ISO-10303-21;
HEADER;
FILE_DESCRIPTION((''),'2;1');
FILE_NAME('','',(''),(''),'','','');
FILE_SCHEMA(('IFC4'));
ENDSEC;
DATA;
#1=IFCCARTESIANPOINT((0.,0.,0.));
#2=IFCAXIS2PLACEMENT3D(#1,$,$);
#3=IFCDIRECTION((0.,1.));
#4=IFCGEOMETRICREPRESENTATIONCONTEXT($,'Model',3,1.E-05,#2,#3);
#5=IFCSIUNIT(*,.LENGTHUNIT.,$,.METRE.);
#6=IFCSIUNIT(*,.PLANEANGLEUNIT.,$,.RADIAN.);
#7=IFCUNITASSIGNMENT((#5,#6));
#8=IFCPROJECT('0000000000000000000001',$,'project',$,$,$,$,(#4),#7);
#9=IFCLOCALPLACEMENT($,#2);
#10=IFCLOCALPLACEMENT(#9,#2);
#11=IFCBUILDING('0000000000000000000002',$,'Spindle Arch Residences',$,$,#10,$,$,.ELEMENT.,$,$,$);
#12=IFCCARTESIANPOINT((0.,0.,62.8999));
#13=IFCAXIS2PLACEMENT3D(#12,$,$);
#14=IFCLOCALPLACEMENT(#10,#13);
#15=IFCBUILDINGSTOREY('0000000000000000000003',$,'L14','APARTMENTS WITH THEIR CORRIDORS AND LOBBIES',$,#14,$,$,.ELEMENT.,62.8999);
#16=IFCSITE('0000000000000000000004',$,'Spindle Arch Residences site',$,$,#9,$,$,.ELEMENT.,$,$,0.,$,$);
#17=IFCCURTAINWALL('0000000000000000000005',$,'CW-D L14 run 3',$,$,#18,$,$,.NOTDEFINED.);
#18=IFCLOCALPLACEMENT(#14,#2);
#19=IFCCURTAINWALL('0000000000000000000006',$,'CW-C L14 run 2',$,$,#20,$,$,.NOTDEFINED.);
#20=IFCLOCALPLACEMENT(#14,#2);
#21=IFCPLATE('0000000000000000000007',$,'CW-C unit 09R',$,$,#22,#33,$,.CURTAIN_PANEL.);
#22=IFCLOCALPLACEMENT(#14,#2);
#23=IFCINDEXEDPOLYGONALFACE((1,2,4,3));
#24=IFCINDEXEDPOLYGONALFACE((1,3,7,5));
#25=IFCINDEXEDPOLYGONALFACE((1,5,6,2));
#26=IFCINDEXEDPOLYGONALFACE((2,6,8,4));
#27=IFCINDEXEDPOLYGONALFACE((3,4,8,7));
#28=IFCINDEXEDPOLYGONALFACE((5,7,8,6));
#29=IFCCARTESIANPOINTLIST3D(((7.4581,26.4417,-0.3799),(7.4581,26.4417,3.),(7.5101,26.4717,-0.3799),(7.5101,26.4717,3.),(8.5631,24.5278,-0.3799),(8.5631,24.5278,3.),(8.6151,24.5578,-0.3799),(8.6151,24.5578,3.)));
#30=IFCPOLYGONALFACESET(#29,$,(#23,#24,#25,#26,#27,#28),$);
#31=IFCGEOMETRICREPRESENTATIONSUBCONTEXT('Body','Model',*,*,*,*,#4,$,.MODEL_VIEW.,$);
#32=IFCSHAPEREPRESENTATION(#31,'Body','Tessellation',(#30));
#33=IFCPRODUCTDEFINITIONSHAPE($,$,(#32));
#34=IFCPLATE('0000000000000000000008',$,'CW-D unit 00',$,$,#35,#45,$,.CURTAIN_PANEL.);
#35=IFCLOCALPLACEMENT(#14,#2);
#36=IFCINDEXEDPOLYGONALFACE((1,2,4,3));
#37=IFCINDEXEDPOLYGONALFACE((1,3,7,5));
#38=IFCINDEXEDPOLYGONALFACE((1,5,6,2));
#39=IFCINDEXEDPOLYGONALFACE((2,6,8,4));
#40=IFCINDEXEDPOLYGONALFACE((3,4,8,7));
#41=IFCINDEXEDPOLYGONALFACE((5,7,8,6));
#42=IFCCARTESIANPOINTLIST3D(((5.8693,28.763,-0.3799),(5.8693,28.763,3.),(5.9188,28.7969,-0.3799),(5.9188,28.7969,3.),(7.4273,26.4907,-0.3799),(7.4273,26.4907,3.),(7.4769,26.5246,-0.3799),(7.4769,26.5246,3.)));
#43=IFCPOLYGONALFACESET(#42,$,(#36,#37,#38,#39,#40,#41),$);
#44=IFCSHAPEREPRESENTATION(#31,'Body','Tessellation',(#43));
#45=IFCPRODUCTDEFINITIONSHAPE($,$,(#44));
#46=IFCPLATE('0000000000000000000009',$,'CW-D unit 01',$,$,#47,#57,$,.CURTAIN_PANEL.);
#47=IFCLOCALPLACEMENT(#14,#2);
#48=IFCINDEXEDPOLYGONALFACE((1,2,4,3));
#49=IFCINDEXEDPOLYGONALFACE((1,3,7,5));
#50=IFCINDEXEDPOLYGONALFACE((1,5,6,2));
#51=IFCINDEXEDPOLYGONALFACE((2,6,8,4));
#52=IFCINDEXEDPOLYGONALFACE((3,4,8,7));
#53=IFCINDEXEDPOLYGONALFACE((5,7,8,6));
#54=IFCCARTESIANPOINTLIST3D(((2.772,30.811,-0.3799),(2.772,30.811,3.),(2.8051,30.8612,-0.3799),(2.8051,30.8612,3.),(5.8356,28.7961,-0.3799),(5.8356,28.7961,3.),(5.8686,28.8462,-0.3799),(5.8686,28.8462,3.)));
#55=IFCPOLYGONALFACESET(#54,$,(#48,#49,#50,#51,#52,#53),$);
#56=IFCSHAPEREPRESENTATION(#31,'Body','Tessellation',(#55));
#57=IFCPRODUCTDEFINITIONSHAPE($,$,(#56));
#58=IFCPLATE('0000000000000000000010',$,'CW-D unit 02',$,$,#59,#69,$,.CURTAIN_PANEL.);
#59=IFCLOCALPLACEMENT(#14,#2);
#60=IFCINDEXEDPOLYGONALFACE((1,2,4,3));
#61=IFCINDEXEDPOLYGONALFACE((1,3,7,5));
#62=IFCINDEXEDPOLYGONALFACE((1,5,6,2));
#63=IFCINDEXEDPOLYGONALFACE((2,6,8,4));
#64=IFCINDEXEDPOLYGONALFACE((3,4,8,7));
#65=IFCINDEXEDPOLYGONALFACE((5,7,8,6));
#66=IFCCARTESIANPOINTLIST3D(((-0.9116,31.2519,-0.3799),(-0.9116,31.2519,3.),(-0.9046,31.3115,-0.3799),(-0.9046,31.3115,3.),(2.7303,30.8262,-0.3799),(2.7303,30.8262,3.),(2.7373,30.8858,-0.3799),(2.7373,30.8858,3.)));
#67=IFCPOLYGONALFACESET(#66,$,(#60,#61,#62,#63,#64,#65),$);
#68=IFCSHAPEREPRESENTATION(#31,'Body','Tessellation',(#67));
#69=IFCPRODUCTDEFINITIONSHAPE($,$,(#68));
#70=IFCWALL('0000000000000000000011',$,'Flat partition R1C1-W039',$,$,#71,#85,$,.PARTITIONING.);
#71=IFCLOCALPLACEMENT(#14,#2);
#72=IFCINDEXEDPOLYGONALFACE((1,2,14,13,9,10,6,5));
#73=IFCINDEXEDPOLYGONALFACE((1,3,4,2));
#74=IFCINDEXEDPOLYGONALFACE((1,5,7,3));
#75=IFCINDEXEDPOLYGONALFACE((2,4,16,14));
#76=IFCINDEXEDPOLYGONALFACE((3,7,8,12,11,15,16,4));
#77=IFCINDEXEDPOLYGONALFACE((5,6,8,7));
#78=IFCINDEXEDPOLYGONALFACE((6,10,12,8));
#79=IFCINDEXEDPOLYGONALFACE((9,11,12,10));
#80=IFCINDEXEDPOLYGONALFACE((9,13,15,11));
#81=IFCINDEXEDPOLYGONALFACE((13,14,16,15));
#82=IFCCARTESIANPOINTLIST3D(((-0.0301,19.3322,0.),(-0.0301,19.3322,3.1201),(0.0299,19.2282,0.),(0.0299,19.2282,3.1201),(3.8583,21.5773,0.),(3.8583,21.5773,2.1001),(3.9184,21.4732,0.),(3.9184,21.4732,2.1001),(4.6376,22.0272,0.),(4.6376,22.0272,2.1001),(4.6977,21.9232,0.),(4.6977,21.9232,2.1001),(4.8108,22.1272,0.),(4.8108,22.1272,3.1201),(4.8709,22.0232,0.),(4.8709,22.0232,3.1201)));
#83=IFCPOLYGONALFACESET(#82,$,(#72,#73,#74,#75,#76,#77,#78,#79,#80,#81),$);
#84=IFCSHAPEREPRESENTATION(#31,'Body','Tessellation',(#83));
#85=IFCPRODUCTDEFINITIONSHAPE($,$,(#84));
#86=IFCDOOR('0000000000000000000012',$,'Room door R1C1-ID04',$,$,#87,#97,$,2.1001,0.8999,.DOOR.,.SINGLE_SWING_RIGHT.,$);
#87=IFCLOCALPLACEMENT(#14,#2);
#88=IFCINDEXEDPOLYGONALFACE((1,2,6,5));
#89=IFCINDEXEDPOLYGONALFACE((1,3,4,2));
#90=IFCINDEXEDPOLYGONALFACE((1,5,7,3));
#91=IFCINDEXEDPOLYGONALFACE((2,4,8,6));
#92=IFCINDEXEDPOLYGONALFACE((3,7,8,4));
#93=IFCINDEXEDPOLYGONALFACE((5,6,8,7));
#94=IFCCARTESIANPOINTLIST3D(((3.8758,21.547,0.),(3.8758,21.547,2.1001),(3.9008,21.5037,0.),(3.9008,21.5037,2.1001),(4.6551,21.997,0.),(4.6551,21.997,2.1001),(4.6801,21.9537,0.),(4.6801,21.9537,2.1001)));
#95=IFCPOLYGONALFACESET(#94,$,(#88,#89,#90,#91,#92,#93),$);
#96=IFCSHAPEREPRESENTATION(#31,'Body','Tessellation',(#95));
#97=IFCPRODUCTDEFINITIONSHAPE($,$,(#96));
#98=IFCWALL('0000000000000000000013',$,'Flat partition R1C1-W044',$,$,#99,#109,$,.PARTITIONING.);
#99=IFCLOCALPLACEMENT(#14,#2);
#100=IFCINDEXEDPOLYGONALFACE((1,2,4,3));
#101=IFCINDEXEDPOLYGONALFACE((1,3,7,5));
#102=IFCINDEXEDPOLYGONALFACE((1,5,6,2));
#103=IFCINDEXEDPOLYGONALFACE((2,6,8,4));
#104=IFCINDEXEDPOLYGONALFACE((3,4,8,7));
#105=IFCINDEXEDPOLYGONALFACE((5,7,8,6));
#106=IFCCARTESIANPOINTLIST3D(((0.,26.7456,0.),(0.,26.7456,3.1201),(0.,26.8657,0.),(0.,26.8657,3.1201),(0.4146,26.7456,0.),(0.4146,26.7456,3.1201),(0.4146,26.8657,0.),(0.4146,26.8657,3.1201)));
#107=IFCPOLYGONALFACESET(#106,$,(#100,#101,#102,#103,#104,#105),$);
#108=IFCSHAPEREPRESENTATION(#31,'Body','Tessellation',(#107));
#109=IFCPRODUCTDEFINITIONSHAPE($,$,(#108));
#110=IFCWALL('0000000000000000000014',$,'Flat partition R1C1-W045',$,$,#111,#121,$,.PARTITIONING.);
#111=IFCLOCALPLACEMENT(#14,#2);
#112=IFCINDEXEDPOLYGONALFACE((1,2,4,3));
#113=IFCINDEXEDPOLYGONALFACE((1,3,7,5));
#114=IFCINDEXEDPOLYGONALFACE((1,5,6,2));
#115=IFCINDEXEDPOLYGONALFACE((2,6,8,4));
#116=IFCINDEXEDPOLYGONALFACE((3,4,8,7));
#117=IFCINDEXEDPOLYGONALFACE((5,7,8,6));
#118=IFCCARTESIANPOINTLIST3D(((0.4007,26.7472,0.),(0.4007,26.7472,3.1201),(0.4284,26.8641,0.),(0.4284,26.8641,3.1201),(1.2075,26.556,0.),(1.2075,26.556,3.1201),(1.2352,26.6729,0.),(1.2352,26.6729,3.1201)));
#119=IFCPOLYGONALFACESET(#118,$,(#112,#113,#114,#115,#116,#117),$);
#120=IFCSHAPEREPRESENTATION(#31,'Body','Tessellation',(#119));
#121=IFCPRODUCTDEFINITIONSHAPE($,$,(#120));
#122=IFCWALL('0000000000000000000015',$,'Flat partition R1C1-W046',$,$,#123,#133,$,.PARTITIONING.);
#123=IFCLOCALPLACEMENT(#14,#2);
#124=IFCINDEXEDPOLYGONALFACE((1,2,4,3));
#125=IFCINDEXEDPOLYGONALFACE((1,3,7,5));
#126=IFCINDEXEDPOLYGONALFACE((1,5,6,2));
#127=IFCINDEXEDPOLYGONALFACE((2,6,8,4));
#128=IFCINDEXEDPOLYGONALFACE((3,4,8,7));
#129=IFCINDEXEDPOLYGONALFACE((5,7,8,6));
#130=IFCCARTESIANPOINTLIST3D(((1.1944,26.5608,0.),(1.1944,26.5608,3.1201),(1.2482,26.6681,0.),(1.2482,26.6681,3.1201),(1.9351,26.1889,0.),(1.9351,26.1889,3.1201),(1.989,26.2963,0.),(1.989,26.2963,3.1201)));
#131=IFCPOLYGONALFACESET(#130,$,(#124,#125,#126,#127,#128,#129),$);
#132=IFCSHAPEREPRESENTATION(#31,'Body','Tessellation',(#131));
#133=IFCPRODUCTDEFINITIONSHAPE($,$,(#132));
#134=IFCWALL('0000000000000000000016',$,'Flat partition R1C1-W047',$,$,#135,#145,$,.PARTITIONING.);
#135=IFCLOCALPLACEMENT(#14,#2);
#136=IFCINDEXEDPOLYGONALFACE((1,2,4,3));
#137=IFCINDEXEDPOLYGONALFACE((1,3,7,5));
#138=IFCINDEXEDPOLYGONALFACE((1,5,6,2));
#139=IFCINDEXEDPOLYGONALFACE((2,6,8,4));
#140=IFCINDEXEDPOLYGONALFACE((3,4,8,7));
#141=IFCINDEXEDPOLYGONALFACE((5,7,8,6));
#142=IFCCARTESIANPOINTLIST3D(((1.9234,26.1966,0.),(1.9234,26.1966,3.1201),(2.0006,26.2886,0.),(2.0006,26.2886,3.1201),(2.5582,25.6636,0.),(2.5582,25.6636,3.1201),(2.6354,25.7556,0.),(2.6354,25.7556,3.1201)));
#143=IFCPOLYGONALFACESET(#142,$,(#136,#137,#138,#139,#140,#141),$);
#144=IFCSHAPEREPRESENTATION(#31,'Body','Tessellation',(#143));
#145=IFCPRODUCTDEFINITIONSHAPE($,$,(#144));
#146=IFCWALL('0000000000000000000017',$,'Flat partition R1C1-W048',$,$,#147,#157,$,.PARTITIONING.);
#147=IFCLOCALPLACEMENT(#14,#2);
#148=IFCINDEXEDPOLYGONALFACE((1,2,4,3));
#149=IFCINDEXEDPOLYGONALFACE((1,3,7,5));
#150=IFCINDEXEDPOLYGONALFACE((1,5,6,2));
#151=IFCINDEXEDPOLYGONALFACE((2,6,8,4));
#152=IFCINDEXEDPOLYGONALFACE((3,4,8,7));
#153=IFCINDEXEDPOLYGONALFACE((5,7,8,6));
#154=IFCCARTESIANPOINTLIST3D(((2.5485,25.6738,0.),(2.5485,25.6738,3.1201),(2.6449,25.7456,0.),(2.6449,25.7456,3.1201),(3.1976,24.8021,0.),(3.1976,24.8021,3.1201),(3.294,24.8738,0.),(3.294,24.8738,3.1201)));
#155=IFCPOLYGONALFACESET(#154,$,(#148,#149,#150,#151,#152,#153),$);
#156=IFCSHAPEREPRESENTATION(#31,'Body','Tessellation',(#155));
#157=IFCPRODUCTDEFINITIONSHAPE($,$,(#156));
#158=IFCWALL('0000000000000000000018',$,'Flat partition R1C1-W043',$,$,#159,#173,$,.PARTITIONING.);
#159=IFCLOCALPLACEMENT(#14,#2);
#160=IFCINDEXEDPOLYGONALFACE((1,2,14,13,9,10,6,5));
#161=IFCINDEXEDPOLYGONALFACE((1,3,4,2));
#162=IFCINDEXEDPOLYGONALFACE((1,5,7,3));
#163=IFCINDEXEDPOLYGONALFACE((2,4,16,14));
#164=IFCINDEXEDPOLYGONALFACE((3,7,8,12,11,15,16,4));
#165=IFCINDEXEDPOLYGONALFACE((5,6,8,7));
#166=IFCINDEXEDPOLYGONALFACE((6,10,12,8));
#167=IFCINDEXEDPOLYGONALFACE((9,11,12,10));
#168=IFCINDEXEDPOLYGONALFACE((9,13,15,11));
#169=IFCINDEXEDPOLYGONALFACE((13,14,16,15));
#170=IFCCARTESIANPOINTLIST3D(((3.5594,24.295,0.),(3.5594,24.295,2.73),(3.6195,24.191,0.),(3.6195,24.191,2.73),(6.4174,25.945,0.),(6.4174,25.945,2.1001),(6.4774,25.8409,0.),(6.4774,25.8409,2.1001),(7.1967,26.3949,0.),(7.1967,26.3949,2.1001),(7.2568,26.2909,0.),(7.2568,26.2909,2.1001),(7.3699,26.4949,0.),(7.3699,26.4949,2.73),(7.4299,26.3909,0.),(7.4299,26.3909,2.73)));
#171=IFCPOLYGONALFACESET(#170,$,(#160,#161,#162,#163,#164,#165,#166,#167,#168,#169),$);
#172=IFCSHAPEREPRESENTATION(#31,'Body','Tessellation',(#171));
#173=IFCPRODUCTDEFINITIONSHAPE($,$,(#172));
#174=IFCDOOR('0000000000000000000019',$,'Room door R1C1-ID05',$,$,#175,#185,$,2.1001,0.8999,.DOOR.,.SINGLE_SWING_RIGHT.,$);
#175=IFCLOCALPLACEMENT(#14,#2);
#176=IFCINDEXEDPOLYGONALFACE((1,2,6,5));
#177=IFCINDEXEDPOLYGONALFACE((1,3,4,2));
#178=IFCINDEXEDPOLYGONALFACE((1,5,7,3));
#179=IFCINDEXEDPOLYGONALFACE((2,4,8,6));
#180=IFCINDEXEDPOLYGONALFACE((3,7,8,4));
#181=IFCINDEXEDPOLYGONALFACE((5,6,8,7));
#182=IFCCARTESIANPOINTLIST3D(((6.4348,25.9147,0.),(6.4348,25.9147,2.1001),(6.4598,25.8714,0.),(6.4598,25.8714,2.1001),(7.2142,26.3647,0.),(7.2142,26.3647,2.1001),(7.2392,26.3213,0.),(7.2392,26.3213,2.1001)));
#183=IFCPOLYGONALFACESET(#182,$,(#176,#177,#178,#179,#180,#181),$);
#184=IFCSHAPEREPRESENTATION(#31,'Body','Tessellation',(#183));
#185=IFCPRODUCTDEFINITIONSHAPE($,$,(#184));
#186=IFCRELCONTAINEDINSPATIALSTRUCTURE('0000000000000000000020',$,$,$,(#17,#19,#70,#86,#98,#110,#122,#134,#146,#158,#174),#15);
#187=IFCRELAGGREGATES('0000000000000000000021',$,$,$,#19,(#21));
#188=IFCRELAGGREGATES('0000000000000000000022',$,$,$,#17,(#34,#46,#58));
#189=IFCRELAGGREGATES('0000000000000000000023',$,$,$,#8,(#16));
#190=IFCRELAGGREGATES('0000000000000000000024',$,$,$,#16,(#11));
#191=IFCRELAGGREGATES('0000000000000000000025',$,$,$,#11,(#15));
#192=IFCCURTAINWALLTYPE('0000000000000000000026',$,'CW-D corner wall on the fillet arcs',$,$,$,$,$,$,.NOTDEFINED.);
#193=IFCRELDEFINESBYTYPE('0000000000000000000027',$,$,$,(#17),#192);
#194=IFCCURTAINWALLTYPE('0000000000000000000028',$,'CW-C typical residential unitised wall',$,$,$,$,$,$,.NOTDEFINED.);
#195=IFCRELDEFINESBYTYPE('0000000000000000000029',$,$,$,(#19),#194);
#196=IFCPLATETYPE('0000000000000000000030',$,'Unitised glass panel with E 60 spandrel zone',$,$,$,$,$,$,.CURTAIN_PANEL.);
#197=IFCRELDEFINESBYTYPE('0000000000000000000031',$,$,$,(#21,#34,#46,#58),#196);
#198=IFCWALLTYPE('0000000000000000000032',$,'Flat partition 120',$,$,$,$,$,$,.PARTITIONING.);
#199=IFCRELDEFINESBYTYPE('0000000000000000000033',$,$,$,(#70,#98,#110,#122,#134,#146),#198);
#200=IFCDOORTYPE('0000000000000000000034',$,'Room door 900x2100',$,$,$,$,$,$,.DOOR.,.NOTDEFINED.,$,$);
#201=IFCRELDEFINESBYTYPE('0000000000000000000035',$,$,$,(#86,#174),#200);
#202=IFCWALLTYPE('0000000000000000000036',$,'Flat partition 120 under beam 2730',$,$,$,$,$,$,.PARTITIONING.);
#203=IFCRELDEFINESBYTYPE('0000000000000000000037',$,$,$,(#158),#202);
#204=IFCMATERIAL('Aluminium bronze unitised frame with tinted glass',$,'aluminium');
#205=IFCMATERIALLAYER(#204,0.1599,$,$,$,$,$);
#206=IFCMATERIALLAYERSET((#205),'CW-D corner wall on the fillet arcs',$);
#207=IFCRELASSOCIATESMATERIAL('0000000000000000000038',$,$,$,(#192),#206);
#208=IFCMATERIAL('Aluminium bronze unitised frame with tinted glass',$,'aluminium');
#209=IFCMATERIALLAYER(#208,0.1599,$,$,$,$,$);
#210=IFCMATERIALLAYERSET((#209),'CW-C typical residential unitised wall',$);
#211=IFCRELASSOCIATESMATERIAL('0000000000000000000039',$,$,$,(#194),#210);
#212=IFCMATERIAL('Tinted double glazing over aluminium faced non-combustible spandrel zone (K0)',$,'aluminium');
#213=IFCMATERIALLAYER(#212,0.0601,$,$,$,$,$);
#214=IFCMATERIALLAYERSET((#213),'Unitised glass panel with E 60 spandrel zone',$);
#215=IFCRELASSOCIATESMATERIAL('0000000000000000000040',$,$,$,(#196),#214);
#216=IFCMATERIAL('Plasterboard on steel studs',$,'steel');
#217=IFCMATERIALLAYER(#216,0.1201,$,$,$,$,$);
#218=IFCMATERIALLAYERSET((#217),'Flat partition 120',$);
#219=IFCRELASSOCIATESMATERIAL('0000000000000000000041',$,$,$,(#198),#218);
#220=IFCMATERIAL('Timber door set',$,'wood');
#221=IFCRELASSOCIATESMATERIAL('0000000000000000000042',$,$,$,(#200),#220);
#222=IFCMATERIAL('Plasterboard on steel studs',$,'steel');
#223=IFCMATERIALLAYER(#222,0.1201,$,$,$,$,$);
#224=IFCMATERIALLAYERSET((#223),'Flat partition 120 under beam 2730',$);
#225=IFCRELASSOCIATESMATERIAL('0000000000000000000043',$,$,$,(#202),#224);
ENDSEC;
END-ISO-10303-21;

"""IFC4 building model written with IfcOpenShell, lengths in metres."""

from ifc_helpers import new_model, si_unit, direction, frame, frame_2d, origin, origin_2d, place, context, subcontext, project, spatial, rectangle, extrude, material, layer, layer_set, type_object, element, fill, aggregate, save


model = new_model("IFC4")

# Units and contexts
model_context = context("Model", 3, precision=1e-05, world=origin(), true_north=direction((0.0, 1.0)))
body_context = subcontext(model_context, "Body", "Model", "MODEL_VIEW")
ifc_project = project(units=[si_unit("LENGTHUNIT", "METRE"), si_unit("PLANEANGLEUNIT", "RADIAN")], contexts=[model_context])

# Site, building, storey
site_placement = place(None, origin())
site = spatial("IfcSite", under=ifc_project, at=site_placement, Name="Spindle Arch Residences site", CompositionType="ELEMENT", RefElevation=0.0)
building_placement = place(site_placement, origin())
building = spatial("IfcBuilding", under=site, at=building_placement, Name="Spindle Arch Residences", CompositionType="ELEMENT")
storey_placement = place(building_placement, frame((0.0, 0.0, 62.8999)))
storey = spatial("IfcBuildingStorey", under=building, at=storey_placement, Name="L14", Description="APARTMENTS WITH THEIR CORRIDORS AND LOBBIES", CompositionType="ELEMENT", Elevation=62.8999)

# Curtain wall
ifc_material_1 = material(Name="Aluminium bronze unitised frame with tinted glass", Category="aluminium")
ifc_layer_1 = layer(ifc_material_1, 0.1599)
ifc_layer_set_1 = layer_set([ifc_layer_1], Name="CW-D corner wall on the fillet arcs")
curtain_wall_type_1 = type_object("IfcCurtainWallType", Name="CW-D corner wall on the fillet arcs", PredefinedType="NOTDEFINED", material=ifc_layer_set_1)
curtain_wall_1_placement = place(storey_placement, origin())
curtain_wall_1 = element("IfcCurtainWall", 1, at=curtain_wall_1_placement, inside=storey, type_object=curtain_wall_type_1, Name="CW-D L14 run 3", PredefinedType="NOTDEFINED")

# Curtain wall, plate
ifc_material_2 = material(Name="Aluminium bronze unitised frame with tinted glass", Category="aluminium")
ifc_layer_2 = layer(ifc_material_2, 0.1599)
ifc_layer_set_2 = layer_set([ifc_layer_2], Name="CW-C typical residential unitised wall")
curtain_wall_type_2 = type_object("IfcCurtainWallType", Name="CW-C typical residential unitised wall", PredefinedType="NOTDEFINED", material=ifc_layer_set_2)
curtain_wall_2_placement = place(storey_placement, origin())
curtain_wall_2 = element("IfcCurtainWall", 2, at=curtain_wall_2_placement, inside=storey, type_object=curtain_wall_type_2, Name="CW-C L14 run 2", PredefinedType="NOTDEFINED")
ifc_material_3 = material(Name="Tinted double glazing over aluminium faced non-combustible spandrel zone (K0)", Category="aluminium")
ifc_layer_3 = layer(ifc_material_3, 0.0601)
ifc_layer_set_3 = layer_set([ifc_layer_3], Name="Unitised glass panel with E 60 spandrel zone")
plate_type = type_object("IfcPlateType", Name="Unitised glass panel with E 60 spandrel zone", PredefinedType="CURTAIN_PANEL", material=ifc_layer_set_3)
plate_1_placement = place(storey_placement, frame((8.0366, 25.4998, -0.3799), z_axis=(0.0, 0.0, 1.0), x_axis=(-0.5, 0.866025, 0.0)))
plate_1 = element("IfcPlate", 3, at=plate_1_placement, type_object=plate_type, Name="CW-C unit 09R", PredefinedType="CURTAIN_PANEL", context=body_context, shape_type="SweptSolid", body=[
    extrude(rectangle(XDim=2.21, YDim=0.0601, at=origin_2d()), origin(), (0.0, 0.0, 1.0), 3.3799),
])
aggregate(curtain_wall_2, [plate_1])

# Plates
plate_2_placement = place(storey_placement, frame((6.6731, 27.6438, -0.3799), z_axis=(0.0, 0.0, 1.0), x_axis=(-0.565501, 0.824748, 0.0)))
plate_2 = element("IfcPlate", 4, at=plate_2_placement, type_object=plate_type, Name="CW-D unit 00", PredefinedType="CURTAIN_PANEL", context=body_context, shape_type="SweptSolid", body=[
    extrude(rectangle(XDim=2.7551, YDim=0.0601, at=origin_2d()), origin(), (0.0, 0.0, 1.0), 3.3799),
])
plate_3_placement = place(storey_placement, frame((4.3203, 29.8286, -0.3799), z_axis=(0.0, 0.0, 1.0), x_axis=(-0.835488, 0.549509, 0.0)))
plate_3 = element("IfcPlate", 5, at=plate_3_placement, type_object=plate_type, Name="CW-D unit 01", PredefinedType="CURTAIN_PANEL", context=body_context, shape_type="SweptSolid", body=[
    extrude(rectangle(XDim=3.6667, YDim=0.0601, at=origin_2d()), origin(), (0.0, 0.0, 1.0), 3.3799),
])
plate_4_placement = place(storey_placement, frame((0.9128, 31.0688, -0.3799), z_axis=(0.0, 0.0, 1.0), x_axis=(-0.993238, 0.116093, 0.0)))
plate_4 = element("IfcPlate", 6, at=plate_4_placement, type_object=plate_type, Name="CW-D unit 02", PredefinedType="CURTAIN_PANEL", context=body_context, shape_type="SweptSolid", body=[
    extrude(rectangle(XDim=3.6667, YDim=0.0601, at=origin_2d()), origin(), (0.0, 0.0, 1.0), 3.3799),
])
aggregate(curtain_wall_1, [plate_2, plate_3, plate_4])

# Wall, opening, door
ifc_material_4 = material(Name="Plasterboard on steel studs", Category="steel")
ifc_layer_4 = layer(ifc_material_4, 0.1201)
ifc_layer_set_4 = layer_set([ifc_layer_4], Name="Flat partition 120")
wall_type_1 = type_object("IfcWallType", Name="Flat partition 120", PredefinedType="PARTITIONING", material=ifc_layer_set_4)
wall_1_placement = place(storey_placement, frame((4.8408, 22.0752, 0.0), z_axis=(0.0, 0.0, 1.0), x_axis=(-0.86602, -0.50001, 0.0)))
wall_1 = element("IfcWall", 7, at=wall_1_placement, inside=storey, type_object=wall_type_1, Name="Flat partition R1C1-W039", PredefinedType="PARTITIONING", context=body_context, shape_type="SweptSolid", body=[
    extrude(rectangle(XDim=5.5898, YDim=0.1201, at=frame_2d((2.7949, 0.0))), origin(), (0.0, 0.0, 1.0), 3.1201),
])
opening_1_placement = place(wall_1_placement, frame((0.2, 0.0, 0.0)))
opening_1 = element("IfcOpeningElement", 8, at=opening_1_placement, cuts=wall_1, PredefinedType="OPENING", context=body_context, shape_type="SweptSolid", body=[
    extrude(rectangle(XDim=0.8999, YDim=2.1001, at=frame_2d((0.45, 1.05))), frame((0.0, 0.0701, 0.0), z_axis=(0.0, -1.0, 0.0), x_axis=(1.0, 0.0, 0.0)), (0.0, 0.0, 1.0), 0.1401),
])
ifc_material_5 = material(Name="Timber door set", Category="wood")
door_type_1 = type_object("IfcDoorType", Name="Room door 900x2100", OperationType="NOTDEFINED", PredefinedType="DOOR", material=ifc_material_5)
door_1_placement = place(opening_1_placement, origin())
door_1 = element("IfcDoor", 9, at=door_1_placement, inside=storey, type_object=door_type_1, Name="Room door R1C1-ID04", OperationType="SINGLE_SWING_RIGHT", OverallHeight=2.1001, OverallWidth=0.8999, PredefinedType="DOOR", context=body_context, shape_type="SweptSolid", body=[
    extrude(rectangle(XDim=0.8999, YDim=2.1001, at=frame_2d((0.45, 1.05))), frame((0.0, 0.0249, 0.0), z_axis=(0.0, -1.0, 0.0), x_axis=(1.0, 0.0, 0.0)), (0.0, 0.0, 1.0), 0.05),
])
fill(opening_1, door_1)

# Walls
wall_2_placement = place(storey_placement, frame((0.0, 26.8057, 0.0), z_axis=(0.0, 0.0, 1.0), x_axis=(1.0, 0.0, 0.0)))
element("IfcWall", 10, at=wall_2_placement, inside=storey, type_object=wall_type_1, Name="Flat partition R1C1-W044", PredefinedType="PARTITIONING", context=body_context, shape_type="SweptSolid", body=[
    extrude(rectangle(XDim=0.4146, YDim=0.1201, at=frame_2d((0.2073, 0.0))), origin(), (0.0, 0.0, 1.0), 3.1201),
])
wall_3_placement = place(storey_placement, frame((0.4146, 26.8057, 0.0), z_axis=(0.0, 0.0, 1.0), x_axis=(0.973049, -0.230598, 0.0)))
element("IfcWall", 11, at=wall_3_placement, inside=storey, type_object=wall_type_1, Name="Flat partition R1C1-W045", PredefinedType="PARTITIONING", context=body_context, shape_type="SweptSolid", body=[
    extrude(rectangle(XDim=0.8291, YDim=0.1201, at=frame_2d((0.4146, 0.0))), origin(), (0.0, 0.0, 1.0), 3.1201),
])
for number, where, z_axis, x_axis, name in (
    (12, (1.2212, 26.6145, 0.0), (0.0, 0.0, 1.0), (0.893719, -0.448627, 0.0), "Flat partition R1C1-W046"),
    (13, (1.9619, 26.2427, 0.0), (0.0, 0.0, 1.0), (0.76585, -0.643019, 0.0), "Flat partition R1C1-W047"),
):
    element("IfcWall", number, at=place(storey_placement, frame(where, z_axis=z_axis, x_axis=x_axis)), inside=storey, type_object=wall_type_1, Name=name, PredefinedType="PARTITIONING", context=body_context, shape_type="SweptSolid", body=[
        extrude(rectangle(XDim=0.8289, YDim=0.1201, at=frame_2d((0.4146, 0.0))), origin(), (0.0, 0.0, 1.0), 3.1201),
    ])
wall_4_placement = place(storey_placement, frame((2.5967, 25.7097, 0.0), z_axis=(0.0, 0.0, 1.0), x_axis=(0.597229, -0.802071, 0.0)))
element("IfcWall", 14, at=wall_4_placement, inside=storey, type_object=wall_type_1, Name="Flat partition R1C1-W048", PredefinedType="PARTITIONING", context=body_context, shape_type="SweptSolid", body=[
    extrude(rectangle(XDim=1.0869, YDim=0.1201, at=frame_2d((0.5435, 0.0))), origin(), (0.0, 0.0, 1.0), 3.1201),
])

# Wall, opening, door
ifc_material_6 = material(Name="Plasterboard on steel studs", Category="steel")
ifc_layer_5 = layer(ifc_material_6, 0.1201)
ifc_layer_set_5 = layer_set([ifc_layer_5], Name="Flat partition 120 under beam 2730")
wall_type_2 = type_object("IfcWallType", Name="Flat partition 120 under beam 2730", PredefinedType="PARTITIONING", material=ifc_layer_set_5)
wall_5_placement = place(storey_placement, frame((7.3999, 26.4429, 0.0), z_axis=(0.0, 0.0, 1.0), x_axis=(-0.866032, -0.499988, 0.0)))
wall_5 = element("IfcWall", 15, at=wall_5_placement, inside=storey, type_object=wall_type_2, Name="Flat partition R1C1-W043", PredefinedType="PARTITIONING", context=body_context, shape_type="SweptSolid", body=[
    extrude(rectangle(XDim=4.3999, YDim=0.1201, at=frame_2d((2.2, 0.0))), origin(), (0.0, 0.0, 1.0), 2.73),
])
opening_2_placement = place(wall_5_placement, frame((0.2, 0.0, 0.0)))
opening_2 = element("IfcOpeningElement", 16, at=opening_2_placement, cuts=wall_5, PredefinedType="OPENING", context=body_context, shape_type="SweptSolid", body=[
    extrude(rectangle(XDim=0.8999, YDim=2.1001, at=frame_2d((0.45, 1.05))), frame((0.0, 0.0701, 0.0), z_axis=(0.0, -1.0, 0.0), x_axis=(1.0, 0.0, 0.0)), (0.0, 0.0, 1.0), 0.1401),
])
door_2_placement = place(opening_2_placement, origin())
door_2 = element("IfcDoor", 17, at=door_2_placement, inside=storey, type_object=door_type_1, Name="Room door R1C1-ID05", OperationType="SINGLE_SWING_RIGHT", OverallHeight=2.1001, OverallWidth=0.8999, PredefinedType="DOOR", context=body_context, shape_type="SweptSolid", body=[
    extrude(rectangle(XDim=0.8999, YDim=2.1001, at=frame_2d((0.45, 1.05))), frame((0.0, 0.0249, 0.0), z_axis=(0.0, -1.0, 0.0), x_axis=(1.0, 0.0, 0.0)), (0.0, 0.0, 1.0), 0.05),
])
fill(opening_2, door_2)

save(model, "model.ifc")
